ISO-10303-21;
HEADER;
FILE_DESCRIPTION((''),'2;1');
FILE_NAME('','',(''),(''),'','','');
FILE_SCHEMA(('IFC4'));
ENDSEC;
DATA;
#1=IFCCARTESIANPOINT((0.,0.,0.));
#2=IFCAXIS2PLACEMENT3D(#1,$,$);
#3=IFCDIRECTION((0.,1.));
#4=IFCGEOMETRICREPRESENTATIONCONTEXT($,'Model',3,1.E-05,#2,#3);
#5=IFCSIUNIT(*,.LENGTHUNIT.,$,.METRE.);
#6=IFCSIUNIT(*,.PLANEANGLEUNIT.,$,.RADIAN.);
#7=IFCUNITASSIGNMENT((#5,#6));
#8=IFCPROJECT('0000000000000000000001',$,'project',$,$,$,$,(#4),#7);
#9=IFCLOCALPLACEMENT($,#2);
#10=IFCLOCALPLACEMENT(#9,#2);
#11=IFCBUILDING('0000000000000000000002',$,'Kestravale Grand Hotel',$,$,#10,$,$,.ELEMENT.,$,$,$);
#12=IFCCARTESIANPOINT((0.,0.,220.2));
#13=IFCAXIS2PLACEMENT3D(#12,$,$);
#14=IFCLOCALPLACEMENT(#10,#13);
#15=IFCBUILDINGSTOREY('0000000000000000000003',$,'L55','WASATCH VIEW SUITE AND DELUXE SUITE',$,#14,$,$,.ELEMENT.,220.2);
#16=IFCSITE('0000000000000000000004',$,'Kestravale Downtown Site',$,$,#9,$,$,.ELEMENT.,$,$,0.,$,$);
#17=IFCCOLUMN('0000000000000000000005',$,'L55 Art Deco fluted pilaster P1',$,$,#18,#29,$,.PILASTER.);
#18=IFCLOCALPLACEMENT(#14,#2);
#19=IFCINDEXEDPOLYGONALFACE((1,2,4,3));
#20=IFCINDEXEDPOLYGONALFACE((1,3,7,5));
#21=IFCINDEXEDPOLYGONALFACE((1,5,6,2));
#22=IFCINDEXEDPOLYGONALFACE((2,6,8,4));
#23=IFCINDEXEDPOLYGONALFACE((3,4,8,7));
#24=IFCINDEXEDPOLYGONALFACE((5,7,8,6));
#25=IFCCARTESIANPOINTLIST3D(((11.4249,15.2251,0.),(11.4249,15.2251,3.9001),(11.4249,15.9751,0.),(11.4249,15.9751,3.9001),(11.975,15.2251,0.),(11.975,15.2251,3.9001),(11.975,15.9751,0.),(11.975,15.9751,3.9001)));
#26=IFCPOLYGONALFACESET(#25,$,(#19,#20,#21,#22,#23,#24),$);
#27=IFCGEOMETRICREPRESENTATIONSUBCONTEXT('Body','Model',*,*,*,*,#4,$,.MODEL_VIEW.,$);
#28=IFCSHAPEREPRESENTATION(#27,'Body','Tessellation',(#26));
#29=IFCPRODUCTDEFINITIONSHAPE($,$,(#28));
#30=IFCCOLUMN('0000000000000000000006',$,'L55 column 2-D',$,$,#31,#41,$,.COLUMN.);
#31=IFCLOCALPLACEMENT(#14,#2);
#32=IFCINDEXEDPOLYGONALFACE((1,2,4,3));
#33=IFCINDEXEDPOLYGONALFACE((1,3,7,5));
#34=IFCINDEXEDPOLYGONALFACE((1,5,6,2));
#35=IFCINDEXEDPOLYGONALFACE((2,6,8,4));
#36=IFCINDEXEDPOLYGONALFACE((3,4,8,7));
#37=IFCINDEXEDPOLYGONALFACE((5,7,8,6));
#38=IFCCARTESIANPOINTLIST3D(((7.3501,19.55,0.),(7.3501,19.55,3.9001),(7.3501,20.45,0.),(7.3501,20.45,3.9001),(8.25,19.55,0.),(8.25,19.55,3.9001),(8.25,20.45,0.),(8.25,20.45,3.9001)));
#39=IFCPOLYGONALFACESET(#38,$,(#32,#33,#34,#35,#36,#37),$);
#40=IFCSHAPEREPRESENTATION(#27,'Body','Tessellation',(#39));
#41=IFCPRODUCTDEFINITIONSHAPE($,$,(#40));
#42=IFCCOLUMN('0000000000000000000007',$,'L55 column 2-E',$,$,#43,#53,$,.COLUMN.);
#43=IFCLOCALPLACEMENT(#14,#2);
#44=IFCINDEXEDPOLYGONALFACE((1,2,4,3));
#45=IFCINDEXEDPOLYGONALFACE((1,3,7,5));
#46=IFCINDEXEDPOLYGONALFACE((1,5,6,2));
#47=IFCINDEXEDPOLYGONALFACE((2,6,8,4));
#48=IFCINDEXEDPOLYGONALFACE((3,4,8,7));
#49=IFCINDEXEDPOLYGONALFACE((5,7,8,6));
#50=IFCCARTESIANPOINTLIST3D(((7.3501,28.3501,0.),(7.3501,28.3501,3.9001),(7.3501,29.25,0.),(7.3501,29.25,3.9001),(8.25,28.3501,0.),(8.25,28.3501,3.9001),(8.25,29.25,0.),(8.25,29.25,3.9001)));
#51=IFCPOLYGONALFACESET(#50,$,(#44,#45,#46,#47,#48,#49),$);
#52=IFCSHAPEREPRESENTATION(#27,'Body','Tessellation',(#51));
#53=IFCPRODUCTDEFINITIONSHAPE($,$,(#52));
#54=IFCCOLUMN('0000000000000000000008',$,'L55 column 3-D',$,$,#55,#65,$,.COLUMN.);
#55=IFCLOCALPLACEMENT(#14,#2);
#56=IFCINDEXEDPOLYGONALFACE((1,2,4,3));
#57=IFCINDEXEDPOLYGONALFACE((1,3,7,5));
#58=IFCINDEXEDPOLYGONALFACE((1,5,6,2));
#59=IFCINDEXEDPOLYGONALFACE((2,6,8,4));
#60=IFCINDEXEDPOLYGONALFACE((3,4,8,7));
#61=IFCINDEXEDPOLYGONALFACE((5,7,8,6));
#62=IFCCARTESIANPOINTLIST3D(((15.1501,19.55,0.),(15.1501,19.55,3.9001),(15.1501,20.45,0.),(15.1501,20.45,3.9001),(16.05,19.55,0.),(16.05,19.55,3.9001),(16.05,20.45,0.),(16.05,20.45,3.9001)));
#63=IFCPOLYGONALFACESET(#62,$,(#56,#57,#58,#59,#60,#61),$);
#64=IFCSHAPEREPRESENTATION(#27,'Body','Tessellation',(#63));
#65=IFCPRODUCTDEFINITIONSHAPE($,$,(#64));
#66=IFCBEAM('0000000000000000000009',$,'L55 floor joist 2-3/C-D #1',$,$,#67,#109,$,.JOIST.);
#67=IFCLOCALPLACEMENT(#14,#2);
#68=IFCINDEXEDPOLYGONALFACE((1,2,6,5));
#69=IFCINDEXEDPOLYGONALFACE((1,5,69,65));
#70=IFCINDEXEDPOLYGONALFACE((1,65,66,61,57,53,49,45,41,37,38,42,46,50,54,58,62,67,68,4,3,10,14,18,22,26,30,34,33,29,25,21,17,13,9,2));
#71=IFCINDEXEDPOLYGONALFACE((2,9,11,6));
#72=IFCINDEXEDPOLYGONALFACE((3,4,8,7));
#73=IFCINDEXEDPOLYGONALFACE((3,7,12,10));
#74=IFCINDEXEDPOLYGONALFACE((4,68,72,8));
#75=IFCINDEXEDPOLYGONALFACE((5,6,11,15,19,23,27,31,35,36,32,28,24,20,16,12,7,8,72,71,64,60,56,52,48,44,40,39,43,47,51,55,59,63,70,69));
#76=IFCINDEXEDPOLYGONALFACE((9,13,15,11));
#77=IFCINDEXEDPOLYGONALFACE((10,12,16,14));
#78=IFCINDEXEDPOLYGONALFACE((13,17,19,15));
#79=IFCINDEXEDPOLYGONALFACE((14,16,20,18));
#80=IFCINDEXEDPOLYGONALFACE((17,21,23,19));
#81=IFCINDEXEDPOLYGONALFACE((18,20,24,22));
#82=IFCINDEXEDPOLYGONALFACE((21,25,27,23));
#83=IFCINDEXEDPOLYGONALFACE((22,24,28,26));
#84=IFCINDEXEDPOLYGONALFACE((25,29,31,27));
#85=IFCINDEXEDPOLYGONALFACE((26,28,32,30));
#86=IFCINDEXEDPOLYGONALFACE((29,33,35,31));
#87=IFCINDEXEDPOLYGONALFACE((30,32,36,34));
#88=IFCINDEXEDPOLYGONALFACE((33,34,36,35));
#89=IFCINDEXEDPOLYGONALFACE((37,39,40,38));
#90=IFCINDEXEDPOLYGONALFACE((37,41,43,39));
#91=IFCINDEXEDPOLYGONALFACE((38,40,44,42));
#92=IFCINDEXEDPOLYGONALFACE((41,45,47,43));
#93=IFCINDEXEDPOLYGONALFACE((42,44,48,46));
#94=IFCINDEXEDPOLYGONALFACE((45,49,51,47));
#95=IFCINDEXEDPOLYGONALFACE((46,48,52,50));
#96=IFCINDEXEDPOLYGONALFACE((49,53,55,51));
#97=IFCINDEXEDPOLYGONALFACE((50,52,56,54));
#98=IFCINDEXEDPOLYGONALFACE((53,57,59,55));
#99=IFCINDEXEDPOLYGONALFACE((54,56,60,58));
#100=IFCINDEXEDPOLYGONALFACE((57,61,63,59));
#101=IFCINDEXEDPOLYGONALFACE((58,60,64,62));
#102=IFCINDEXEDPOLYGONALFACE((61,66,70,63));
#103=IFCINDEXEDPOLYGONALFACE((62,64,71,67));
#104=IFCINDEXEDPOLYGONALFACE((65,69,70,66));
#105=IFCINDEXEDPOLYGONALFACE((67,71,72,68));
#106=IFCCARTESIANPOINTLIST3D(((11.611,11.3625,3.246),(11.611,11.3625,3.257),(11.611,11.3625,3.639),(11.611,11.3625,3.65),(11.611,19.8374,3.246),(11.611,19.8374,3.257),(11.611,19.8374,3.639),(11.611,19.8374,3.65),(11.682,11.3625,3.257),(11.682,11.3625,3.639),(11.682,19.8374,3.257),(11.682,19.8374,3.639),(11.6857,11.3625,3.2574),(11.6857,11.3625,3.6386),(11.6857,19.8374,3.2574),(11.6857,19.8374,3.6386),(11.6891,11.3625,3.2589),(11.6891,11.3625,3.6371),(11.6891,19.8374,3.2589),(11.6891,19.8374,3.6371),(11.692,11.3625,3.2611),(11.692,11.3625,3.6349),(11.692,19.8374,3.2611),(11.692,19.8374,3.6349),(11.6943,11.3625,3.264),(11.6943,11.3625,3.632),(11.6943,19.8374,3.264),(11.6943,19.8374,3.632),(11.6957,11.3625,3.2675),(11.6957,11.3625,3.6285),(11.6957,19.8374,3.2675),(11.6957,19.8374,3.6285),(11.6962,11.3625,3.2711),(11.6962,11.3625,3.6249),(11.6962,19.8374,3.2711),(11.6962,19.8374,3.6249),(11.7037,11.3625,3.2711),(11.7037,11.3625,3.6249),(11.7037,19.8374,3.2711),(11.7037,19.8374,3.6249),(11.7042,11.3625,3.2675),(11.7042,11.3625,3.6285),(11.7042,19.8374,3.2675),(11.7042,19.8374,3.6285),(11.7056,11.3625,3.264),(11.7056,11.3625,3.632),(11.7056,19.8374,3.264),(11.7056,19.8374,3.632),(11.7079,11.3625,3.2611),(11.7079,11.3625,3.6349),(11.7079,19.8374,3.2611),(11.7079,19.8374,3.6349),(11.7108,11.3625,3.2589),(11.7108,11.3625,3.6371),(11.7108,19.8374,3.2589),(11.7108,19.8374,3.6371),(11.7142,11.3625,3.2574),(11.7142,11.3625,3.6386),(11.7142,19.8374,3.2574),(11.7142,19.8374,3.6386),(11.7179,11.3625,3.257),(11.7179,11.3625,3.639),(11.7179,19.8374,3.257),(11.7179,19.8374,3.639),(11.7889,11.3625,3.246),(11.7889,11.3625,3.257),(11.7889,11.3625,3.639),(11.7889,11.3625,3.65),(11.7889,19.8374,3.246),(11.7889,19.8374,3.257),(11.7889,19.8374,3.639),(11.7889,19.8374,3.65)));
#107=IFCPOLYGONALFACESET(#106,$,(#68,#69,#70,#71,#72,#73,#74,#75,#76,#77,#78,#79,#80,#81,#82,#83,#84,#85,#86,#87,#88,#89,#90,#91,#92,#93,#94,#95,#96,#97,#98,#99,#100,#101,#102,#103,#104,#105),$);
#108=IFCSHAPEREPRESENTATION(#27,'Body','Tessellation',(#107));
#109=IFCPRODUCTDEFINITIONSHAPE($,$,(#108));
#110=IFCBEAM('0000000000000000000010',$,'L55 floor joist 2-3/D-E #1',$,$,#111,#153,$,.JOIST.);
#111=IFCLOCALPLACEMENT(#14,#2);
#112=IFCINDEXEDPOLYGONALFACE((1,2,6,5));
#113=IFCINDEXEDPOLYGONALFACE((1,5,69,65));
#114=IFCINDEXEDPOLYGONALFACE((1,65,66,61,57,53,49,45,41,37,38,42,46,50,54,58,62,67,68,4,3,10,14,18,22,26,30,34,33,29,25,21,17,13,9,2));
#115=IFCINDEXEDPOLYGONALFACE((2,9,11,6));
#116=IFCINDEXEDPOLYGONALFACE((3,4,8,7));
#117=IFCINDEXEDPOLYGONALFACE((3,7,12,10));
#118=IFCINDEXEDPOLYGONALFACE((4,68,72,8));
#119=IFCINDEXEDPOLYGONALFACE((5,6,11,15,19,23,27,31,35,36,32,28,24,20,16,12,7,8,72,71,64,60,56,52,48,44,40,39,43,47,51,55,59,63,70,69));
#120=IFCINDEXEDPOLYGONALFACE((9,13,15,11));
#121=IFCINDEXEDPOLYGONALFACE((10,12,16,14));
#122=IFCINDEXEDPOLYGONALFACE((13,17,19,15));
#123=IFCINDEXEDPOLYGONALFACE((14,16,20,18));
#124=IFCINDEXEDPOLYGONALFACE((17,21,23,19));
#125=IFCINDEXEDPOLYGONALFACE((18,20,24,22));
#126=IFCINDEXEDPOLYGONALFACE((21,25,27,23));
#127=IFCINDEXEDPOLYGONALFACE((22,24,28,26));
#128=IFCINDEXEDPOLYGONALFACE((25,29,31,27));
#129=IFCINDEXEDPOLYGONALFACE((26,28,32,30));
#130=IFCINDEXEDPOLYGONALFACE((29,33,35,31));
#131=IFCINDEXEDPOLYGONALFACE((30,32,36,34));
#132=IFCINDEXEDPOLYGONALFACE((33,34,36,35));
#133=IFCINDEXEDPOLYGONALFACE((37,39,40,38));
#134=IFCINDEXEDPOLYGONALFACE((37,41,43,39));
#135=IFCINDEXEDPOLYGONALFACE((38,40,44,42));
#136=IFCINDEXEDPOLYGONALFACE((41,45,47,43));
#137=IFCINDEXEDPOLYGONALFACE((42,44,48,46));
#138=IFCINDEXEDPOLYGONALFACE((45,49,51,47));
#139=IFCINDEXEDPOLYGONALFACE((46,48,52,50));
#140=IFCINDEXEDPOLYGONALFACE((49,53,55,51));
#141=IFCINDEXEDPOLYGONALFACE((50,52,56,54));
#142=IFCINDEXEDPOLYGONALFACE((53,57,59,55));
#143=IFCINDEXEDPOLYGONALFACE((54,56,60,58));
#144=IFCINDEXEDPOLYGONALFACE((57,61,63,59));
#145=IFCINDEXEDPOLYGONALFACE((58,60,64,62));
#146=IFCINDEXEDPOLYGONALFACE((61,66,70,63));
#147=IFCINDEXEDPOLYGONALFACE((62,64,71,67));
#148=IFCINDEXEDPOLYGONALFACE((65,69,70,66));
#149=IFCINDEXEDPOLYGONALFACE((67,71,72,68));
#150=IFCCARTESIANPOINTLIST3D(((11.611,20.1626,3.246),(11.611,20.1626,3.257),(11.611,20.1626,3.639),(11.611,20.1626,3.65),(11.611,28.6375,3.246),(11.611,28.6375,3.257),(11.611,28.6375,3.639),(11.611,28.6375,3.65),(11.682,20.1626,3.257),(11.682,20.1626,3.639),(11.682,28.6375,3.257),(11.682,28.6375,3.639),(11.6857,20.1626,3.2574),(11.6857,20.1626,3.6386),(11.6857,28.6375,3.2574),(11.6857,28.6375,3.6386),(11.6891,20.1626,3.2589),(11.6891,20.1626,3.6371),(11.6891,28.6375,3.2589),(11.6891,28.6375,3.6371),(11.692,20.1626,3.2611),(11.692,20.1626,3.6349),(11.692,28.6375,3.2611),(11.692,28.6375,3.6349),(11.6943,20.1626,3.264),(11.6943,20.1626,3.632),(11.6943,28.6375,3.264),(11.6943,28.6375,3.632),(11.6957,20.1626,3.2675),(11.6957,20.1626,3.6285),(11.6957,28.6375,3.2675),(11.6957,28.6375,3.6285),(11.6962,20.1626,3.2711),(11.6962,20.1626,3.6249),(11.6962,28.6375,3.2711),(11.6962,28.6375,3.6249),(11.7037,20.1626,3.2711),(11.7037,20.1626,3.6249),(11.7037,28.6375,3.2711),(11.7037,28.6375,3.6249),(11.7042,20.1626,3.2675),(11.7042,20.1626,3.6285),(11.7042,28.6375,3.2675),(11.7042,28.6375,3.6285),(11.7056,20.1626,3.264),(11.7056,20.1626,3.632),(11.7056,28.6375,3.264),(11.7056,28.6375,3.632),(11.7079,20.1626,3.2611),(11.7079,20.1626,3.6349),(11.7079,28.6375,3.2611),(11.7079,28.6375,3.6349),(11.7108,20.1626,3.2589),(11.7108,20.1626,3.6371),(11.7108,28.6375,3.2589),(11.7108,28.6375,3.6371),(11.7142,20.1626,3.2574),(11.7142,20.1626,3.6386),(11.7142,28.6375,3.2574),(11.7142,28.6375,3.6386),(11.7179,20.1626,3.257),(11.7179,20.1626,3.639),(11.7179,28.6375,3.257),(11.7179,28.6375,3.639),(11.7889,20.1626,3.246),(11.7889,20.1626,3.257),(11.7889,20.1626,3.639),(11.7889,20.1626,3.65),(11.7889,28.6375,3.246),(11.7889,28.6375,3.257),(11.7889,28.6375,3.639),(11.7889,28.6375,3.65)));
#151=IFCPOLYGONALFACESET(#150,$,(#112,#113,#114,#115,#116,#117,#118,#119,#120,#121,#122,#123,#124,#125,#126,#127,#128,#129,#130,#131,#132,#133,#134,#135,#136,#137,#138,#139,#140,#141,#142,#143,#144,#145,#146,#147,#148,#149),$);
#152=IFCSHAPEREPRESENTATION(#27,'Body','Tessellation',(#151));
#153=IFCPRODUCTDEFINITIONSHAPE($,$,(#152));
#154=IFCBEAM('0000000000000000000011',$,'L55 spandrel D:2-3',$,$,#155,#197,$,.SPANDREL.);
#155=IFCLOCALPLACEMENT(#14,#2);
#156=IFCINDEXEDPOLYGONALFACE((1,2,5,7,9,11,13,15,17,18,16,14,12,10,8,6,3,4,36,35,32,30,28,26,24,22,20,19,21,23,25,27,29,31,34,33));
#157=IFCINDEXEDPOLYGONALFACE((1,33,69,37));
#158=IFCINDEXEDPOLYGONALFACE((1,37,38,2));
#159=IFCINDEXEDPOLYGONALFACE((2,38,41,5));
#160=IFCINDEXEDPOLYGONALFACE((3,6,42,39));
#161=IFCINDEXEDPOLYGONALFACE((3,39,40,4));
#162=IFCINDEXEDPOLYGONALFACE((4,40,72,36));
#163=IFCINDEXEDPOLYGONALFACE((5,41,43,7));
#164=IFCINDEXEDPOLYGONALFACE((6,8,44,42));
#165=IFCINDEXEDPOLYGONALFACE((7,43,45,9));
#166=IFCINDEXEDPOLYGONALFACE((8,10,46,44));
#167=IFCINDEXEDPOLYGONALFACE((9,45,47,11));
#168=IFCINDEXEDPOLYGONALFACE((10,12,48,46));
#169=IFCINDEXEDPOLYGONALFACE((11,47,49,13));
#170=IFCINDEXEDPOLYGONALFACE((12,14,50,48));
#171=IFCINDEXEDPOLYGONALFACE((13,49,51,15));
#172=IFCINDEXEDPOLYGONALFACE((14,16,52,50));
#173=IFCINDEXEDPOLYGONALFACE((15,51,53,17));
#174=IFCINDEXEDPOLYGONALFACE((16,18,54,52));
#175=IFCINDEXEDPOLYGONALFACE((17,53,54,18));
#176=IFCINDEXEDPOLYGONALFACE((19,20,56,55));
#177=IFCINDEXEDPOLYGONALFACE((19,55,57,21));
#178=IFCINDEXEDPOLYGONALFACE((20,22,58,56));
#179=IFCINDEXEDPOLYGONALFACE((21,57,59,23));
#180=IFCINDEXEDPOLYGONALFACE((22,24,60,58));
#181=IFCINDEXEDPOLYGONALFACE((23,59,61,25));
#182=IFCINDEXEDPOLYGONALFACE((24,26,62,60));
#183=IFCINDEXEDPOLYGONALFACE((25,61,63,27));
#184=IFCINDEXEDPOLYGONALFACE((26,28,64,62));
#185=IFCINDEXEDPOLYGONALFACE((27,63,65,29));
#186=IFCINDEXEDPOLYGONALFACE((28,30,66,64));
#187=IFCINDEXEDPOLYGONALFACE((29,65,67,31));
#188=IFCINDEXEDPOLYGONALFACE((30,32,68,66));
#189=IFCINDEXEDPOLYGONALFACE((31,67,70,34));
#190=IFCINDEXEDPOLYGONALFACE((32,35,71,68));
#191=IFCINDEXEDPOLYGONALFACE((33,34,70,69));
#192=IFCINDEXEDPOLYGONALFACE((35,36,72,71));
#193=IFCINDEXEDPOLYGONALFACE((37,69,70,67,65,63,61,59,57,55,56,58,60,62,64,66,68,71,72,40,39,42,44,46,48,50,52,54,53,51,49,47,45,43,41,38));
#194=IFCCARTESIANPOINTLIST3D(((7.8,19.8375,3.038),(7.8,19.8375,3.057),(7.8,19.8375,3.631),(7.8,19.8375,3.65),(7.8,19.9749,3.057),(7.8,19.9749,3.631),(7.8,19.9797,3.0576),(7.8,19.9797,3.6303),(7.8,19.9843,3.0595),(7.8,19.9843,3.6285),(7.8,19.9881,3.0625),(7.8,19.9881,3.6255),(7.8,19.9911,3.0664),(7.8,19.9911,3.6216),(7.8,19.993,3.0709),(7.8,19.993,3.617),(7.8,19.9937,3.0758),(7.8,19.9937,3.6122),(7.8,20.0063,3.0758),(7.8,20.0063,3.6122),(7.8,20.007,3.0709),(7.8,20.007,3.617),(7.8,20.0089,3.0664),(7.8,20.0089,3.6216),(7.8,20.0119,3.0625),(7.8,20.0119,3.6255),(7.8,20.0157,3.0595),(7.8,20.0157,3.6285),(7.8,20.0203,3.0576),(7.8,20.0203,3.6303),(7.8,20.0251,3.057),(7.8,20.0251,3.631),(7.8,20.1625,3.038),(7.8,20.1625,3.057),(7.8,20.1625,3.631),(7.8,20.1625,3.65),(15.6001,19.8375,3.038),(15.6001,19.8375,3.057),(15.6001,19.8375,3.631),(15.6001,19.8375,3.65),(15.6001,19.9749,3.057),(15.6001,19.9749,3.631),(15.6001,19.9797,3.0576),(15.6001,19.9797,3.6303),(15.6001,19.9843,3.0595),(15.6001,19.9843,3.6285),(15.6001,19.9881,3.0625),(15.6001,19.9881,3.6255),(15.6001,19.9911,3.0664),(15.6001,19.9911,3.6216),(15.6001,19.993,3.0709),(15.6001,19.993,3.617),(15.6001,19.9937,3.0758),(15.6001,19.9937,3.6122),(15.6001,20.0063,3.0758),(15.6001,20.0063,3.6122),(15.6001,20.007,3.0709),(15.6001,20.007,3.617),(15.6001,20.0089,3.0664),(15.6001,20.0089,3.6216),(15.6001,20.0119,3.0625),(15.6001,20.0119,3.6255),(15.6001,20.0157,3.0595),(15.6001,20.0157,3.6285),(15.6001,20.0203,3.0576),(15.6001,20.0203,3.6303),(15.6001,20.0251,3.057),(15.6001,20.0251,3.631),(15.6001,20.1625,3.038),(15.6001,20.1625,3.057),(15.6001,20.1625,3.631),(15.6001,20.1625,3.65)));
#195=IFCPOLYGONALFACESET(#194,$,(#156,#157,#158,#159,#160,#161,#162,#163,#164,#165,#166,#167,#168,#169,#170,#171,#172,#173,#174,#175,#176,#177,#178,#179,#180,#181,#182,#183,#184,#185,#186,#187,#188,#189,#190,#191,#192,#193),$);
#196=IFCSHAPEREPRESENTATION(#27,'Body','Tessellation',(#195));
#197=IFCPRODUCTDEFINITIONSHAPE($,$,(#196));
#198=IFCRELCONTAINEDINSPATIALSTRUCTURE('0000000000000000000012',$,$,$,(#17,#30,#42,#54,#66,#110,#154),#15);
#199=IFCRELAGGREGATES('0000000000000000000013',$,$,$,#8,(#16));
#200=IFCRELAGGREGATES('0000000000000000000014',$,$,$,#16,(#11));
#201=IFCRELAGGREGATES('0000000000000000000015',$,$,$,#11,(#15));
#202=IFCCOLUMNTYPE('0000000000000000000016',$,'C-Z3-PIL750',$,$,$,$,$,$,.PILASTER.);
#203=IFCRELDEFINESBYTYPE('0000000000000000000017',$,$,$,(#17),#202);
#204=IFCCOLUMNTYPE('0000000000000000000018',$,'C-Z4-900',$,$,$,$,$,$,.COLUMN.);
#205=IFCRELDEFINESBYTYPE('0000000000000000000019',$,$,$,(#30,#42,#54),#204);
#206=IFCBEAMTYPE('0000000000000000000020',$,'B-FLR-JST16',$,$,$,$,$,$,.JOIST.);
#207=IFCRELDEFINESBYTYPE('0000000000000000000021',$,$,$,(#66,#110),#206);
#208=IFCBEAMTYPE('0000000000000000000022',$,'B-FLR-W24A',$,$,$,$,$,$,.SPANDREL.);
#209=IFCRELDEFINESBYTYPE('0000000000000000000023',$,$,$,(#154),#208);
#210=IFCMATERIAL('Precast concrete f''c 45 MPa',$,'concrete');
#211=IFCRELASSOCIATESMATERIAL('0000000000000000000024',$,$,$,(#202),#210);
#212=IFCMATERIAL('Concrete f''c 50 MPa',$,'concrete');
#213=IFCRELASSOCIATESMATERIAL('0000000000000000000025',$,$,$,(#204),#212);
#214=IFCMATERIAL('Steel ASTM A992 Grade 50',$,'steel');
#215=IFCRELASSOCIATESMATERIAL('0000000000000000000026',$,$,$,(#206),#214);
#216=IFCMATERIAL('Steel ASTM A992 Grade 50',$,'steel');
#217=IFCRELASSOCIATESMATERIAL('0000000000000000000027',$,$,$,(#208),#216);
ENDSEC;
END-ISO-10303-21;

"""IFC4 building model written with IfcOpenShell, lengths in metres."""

from ifc_helpers import new_model, si_unit, direction, frame, origin, origin_2d, place, context, subcontext, project, spatial, rectangle, i_section, extrude, material, material_profile, profile_set, type_object, element, save


model = new_model("IFC4")

# Units and contexts
model_context = context("Model", 3, precision=1e-05, world=origin(), true_north=direction((0.0, 1.0)))
body_context = subcontext(model_context, "Body", "Model", "MODEL_VIEW")
ifc_project = project(units=[si_unit("LENGTHUNIT", "METRE"), si_unit("PLANEANGLEUNIT", "RADIAN")], contexts=[model_context])

# Site, building, storey
site_placement = place(None, origin())
site = spatial("IfcSite", under=ifc_project, at=site_placement, Name="Kestravale Downtown Site", CompositionType="ELEMENT", RefElevation=0.0)
building_placement = place(site_placement, origin())
building = spatial("IfcBuilding", under=site, at=building_placement, Name="Kestravale Grand Hotel", CompositionType="ELEMENT")
storey_placement = place(building_placement, frame((0.0, 0.0, 220.2)))
storey = spatial("IfcBuildingStorey", under=building, at=storey_placement, Name="L55", Description="WASATCH VIEW SUITE AND DELUXE SUITE", CompositionType="ELEMENT", Elevation=220.2)

# Columns
ifc_material_1 = material(Name="Precast concrete f'c 45 MPa", Category="concrete")
ifc_material_profile_1 = material_profile(ifc_material_1, rectangle(XDim=0.55, YDim=0.75, at=origin_2d()))
ifc_profile_set_1 = profile_set([ifc_material_profile_1], Name="Precast concrete f'c 45 MPa")
column_type_1 = type_object("IfcColumnType", Name="C-Z3-PIL750", PredefinedType="PILASTER", material=ifc_profile_set_1)
column_placement = place(storey_placement, frame((11.7, 15.6001, 0.0), z_axis=(0.0, 0.0, 1.0), x_axis=(1.0, 0.0, 0.0)))
element("IfcColumn", 1, at=column_placement, inside=storey, type_object=column_type_1, Name="L55 Art Deco fluted pilaster P1", PredefinedType="PILASTER", context=body_context, shape_type="SweptSolid", body=[
    extrude(rectangle(XDim=0.55, YDim=0.75, at=origin_2d()), origin(), (0.0, 0.0, 1.0), 3.9001),
])
ifc_material_2 = material(Name="Concrete f'c 50 MPa", Category="concrete")
ifc_material_profile_2 = material_profile(ifc_material_2, rectangle(XDim=0.8999, YDim=0.8999, at=origin_2d()))
ifc_profile_set_2 = profile_set([ifc_material_profile_2], Name="Concrete f'c 50 MPa")
column_type_2 = type_object("IfcColumnType", Name="C-Z4-900", PredefinedType="COLUMN", material=ifc_profile_set_2)
for number, where, z_axis, x_axis, name in (
    (2, (7.8, 20.0, 0.0), (0.0, 0.0, 1.0), (1.0, 0.0, 0.0), "L55 column 2-D"),
    (3, (7.8, 28.8, 0.0), (0.0, 0.0, 1.0), (1.0, 0.0, 0.0), "L55 column 2-E"),
    (4, (15.6001, 20.0, 0.0), (0.0, 0.0, 1.0), (1.0, 0.0, 0.0), "L55 column 3-D"),
):
    element("IfcColumn", number, at=place(storey_placement, frame(where, z_axis=z_axis, x_axis=x_axis)), inside=storey, type_object=column_type_2, Name=name, PredefinedType="COLUMN", context=body_context, shape_type="SweptSolid", body=[
        extrude(rectangle(XDim=0.8999, YDim=0.8999, at=origin_2d()), origin(), (0.0, 0.0, 1.0), 3.9001),
    ])

# Beams
ifc_material_3 = material(Name="Steel ASTM A992 Grade 50", Category="steel")
ifc_material_profile_3 = material_profile(ifc_material_3, i_section(OverallWidth=0.178, OverallDepth=0.4041, WebThickness=0.0076, FlangeThickness=0.011, FilletRadius=0.0142, at=origin_2d()))
ifc_profile_set_3 = profile_set([ifc_material_profile_3], Name="Steel ASTM A992 Grade 50")
beam_type_1 = type_object("IfcBeamType", Name="B-FLR-JST16", PredefinedType="JOIST", material=ifc_profile_set_3)
for number, where, z_axis, x_axis, name in (
    (5, (11.7, 11.3625, 3.448), (0.0, 1.0, 0.0), (-1.0, 0.0, 0.0), "L55 floor joist 2-3/C-D #1"),
    (6, (11.7, 20.1626, 3.448), (0.0, 1.0, 0.0), (-1.0, 0.0, 0.0), "L55 floor joist 2-3/D-E #1"),
):
    element("IfcBeam", number, at=place(storey_placement, frame(where, z_axis=z_axis, x_axis=x_axis)), inside=storey, type_object=beam_type_1, Name=name, PredefinedType="JOIST", context=body_context, shape_type="SweptSolid", body=[
        extrude(i_section(OverallWidth=0.178, OverallDepth=0.4041, WebThickness=0.0076, FlangeThickness=0.011, FilletRadius=0.0142, at=origin_2d()), origin(), (0.0, 0.0, 1.0), 8.4749),
    ])
ifc_material_4 = material(Name="Steel ASTM A992 Grade 50", Category="steel")
ifc_material_profile_4 = material_profile(ifc_material_4, i_section(OverallWidth=0.325, OverallDepth=0.6121, WebThickness=0.0127, FlangeThickness=0.019, FilletRadius=0.0188, at=origin_2d()))
ifc_profile_set_4 = profile_set([ifc_material_profile_4], Name="Steel ASTM A992 Grade 50")
beam_type_2 = type_object("IfcBeamType", Name="B-FLR-W24A", PredefinedType="SPANDREL", material=ifc_profile_set_4)
for number, where, z_axis, x_axis, name in (
    (7, (7.8, 20.0, 3.344), (1.0, 0.0, 0.0), (0.0, 1.0, 0.0), "L55 spandrel D:2-3"),
):
    element("IfcBeam", number, at=place(storey_placement, frame(where, z_axis=z_axis, x_axis=x_axis)), inside=storey, type_object=beam_type_2, Name=name, PredefinedType="SPANDREL", context=body_context, shape_type="SweptSolid", body=[
        extrude(i_section(OverallWidth=0.325, OverallDepth=0.6121, WebThickness=0.0127, FlangeThickness=0.019, FilletRadius=0.0188, at=origin_2d()), origin(), (0.0, 0.0, 1.0), 7.8),
    ])

save(model, "model.ifc")
